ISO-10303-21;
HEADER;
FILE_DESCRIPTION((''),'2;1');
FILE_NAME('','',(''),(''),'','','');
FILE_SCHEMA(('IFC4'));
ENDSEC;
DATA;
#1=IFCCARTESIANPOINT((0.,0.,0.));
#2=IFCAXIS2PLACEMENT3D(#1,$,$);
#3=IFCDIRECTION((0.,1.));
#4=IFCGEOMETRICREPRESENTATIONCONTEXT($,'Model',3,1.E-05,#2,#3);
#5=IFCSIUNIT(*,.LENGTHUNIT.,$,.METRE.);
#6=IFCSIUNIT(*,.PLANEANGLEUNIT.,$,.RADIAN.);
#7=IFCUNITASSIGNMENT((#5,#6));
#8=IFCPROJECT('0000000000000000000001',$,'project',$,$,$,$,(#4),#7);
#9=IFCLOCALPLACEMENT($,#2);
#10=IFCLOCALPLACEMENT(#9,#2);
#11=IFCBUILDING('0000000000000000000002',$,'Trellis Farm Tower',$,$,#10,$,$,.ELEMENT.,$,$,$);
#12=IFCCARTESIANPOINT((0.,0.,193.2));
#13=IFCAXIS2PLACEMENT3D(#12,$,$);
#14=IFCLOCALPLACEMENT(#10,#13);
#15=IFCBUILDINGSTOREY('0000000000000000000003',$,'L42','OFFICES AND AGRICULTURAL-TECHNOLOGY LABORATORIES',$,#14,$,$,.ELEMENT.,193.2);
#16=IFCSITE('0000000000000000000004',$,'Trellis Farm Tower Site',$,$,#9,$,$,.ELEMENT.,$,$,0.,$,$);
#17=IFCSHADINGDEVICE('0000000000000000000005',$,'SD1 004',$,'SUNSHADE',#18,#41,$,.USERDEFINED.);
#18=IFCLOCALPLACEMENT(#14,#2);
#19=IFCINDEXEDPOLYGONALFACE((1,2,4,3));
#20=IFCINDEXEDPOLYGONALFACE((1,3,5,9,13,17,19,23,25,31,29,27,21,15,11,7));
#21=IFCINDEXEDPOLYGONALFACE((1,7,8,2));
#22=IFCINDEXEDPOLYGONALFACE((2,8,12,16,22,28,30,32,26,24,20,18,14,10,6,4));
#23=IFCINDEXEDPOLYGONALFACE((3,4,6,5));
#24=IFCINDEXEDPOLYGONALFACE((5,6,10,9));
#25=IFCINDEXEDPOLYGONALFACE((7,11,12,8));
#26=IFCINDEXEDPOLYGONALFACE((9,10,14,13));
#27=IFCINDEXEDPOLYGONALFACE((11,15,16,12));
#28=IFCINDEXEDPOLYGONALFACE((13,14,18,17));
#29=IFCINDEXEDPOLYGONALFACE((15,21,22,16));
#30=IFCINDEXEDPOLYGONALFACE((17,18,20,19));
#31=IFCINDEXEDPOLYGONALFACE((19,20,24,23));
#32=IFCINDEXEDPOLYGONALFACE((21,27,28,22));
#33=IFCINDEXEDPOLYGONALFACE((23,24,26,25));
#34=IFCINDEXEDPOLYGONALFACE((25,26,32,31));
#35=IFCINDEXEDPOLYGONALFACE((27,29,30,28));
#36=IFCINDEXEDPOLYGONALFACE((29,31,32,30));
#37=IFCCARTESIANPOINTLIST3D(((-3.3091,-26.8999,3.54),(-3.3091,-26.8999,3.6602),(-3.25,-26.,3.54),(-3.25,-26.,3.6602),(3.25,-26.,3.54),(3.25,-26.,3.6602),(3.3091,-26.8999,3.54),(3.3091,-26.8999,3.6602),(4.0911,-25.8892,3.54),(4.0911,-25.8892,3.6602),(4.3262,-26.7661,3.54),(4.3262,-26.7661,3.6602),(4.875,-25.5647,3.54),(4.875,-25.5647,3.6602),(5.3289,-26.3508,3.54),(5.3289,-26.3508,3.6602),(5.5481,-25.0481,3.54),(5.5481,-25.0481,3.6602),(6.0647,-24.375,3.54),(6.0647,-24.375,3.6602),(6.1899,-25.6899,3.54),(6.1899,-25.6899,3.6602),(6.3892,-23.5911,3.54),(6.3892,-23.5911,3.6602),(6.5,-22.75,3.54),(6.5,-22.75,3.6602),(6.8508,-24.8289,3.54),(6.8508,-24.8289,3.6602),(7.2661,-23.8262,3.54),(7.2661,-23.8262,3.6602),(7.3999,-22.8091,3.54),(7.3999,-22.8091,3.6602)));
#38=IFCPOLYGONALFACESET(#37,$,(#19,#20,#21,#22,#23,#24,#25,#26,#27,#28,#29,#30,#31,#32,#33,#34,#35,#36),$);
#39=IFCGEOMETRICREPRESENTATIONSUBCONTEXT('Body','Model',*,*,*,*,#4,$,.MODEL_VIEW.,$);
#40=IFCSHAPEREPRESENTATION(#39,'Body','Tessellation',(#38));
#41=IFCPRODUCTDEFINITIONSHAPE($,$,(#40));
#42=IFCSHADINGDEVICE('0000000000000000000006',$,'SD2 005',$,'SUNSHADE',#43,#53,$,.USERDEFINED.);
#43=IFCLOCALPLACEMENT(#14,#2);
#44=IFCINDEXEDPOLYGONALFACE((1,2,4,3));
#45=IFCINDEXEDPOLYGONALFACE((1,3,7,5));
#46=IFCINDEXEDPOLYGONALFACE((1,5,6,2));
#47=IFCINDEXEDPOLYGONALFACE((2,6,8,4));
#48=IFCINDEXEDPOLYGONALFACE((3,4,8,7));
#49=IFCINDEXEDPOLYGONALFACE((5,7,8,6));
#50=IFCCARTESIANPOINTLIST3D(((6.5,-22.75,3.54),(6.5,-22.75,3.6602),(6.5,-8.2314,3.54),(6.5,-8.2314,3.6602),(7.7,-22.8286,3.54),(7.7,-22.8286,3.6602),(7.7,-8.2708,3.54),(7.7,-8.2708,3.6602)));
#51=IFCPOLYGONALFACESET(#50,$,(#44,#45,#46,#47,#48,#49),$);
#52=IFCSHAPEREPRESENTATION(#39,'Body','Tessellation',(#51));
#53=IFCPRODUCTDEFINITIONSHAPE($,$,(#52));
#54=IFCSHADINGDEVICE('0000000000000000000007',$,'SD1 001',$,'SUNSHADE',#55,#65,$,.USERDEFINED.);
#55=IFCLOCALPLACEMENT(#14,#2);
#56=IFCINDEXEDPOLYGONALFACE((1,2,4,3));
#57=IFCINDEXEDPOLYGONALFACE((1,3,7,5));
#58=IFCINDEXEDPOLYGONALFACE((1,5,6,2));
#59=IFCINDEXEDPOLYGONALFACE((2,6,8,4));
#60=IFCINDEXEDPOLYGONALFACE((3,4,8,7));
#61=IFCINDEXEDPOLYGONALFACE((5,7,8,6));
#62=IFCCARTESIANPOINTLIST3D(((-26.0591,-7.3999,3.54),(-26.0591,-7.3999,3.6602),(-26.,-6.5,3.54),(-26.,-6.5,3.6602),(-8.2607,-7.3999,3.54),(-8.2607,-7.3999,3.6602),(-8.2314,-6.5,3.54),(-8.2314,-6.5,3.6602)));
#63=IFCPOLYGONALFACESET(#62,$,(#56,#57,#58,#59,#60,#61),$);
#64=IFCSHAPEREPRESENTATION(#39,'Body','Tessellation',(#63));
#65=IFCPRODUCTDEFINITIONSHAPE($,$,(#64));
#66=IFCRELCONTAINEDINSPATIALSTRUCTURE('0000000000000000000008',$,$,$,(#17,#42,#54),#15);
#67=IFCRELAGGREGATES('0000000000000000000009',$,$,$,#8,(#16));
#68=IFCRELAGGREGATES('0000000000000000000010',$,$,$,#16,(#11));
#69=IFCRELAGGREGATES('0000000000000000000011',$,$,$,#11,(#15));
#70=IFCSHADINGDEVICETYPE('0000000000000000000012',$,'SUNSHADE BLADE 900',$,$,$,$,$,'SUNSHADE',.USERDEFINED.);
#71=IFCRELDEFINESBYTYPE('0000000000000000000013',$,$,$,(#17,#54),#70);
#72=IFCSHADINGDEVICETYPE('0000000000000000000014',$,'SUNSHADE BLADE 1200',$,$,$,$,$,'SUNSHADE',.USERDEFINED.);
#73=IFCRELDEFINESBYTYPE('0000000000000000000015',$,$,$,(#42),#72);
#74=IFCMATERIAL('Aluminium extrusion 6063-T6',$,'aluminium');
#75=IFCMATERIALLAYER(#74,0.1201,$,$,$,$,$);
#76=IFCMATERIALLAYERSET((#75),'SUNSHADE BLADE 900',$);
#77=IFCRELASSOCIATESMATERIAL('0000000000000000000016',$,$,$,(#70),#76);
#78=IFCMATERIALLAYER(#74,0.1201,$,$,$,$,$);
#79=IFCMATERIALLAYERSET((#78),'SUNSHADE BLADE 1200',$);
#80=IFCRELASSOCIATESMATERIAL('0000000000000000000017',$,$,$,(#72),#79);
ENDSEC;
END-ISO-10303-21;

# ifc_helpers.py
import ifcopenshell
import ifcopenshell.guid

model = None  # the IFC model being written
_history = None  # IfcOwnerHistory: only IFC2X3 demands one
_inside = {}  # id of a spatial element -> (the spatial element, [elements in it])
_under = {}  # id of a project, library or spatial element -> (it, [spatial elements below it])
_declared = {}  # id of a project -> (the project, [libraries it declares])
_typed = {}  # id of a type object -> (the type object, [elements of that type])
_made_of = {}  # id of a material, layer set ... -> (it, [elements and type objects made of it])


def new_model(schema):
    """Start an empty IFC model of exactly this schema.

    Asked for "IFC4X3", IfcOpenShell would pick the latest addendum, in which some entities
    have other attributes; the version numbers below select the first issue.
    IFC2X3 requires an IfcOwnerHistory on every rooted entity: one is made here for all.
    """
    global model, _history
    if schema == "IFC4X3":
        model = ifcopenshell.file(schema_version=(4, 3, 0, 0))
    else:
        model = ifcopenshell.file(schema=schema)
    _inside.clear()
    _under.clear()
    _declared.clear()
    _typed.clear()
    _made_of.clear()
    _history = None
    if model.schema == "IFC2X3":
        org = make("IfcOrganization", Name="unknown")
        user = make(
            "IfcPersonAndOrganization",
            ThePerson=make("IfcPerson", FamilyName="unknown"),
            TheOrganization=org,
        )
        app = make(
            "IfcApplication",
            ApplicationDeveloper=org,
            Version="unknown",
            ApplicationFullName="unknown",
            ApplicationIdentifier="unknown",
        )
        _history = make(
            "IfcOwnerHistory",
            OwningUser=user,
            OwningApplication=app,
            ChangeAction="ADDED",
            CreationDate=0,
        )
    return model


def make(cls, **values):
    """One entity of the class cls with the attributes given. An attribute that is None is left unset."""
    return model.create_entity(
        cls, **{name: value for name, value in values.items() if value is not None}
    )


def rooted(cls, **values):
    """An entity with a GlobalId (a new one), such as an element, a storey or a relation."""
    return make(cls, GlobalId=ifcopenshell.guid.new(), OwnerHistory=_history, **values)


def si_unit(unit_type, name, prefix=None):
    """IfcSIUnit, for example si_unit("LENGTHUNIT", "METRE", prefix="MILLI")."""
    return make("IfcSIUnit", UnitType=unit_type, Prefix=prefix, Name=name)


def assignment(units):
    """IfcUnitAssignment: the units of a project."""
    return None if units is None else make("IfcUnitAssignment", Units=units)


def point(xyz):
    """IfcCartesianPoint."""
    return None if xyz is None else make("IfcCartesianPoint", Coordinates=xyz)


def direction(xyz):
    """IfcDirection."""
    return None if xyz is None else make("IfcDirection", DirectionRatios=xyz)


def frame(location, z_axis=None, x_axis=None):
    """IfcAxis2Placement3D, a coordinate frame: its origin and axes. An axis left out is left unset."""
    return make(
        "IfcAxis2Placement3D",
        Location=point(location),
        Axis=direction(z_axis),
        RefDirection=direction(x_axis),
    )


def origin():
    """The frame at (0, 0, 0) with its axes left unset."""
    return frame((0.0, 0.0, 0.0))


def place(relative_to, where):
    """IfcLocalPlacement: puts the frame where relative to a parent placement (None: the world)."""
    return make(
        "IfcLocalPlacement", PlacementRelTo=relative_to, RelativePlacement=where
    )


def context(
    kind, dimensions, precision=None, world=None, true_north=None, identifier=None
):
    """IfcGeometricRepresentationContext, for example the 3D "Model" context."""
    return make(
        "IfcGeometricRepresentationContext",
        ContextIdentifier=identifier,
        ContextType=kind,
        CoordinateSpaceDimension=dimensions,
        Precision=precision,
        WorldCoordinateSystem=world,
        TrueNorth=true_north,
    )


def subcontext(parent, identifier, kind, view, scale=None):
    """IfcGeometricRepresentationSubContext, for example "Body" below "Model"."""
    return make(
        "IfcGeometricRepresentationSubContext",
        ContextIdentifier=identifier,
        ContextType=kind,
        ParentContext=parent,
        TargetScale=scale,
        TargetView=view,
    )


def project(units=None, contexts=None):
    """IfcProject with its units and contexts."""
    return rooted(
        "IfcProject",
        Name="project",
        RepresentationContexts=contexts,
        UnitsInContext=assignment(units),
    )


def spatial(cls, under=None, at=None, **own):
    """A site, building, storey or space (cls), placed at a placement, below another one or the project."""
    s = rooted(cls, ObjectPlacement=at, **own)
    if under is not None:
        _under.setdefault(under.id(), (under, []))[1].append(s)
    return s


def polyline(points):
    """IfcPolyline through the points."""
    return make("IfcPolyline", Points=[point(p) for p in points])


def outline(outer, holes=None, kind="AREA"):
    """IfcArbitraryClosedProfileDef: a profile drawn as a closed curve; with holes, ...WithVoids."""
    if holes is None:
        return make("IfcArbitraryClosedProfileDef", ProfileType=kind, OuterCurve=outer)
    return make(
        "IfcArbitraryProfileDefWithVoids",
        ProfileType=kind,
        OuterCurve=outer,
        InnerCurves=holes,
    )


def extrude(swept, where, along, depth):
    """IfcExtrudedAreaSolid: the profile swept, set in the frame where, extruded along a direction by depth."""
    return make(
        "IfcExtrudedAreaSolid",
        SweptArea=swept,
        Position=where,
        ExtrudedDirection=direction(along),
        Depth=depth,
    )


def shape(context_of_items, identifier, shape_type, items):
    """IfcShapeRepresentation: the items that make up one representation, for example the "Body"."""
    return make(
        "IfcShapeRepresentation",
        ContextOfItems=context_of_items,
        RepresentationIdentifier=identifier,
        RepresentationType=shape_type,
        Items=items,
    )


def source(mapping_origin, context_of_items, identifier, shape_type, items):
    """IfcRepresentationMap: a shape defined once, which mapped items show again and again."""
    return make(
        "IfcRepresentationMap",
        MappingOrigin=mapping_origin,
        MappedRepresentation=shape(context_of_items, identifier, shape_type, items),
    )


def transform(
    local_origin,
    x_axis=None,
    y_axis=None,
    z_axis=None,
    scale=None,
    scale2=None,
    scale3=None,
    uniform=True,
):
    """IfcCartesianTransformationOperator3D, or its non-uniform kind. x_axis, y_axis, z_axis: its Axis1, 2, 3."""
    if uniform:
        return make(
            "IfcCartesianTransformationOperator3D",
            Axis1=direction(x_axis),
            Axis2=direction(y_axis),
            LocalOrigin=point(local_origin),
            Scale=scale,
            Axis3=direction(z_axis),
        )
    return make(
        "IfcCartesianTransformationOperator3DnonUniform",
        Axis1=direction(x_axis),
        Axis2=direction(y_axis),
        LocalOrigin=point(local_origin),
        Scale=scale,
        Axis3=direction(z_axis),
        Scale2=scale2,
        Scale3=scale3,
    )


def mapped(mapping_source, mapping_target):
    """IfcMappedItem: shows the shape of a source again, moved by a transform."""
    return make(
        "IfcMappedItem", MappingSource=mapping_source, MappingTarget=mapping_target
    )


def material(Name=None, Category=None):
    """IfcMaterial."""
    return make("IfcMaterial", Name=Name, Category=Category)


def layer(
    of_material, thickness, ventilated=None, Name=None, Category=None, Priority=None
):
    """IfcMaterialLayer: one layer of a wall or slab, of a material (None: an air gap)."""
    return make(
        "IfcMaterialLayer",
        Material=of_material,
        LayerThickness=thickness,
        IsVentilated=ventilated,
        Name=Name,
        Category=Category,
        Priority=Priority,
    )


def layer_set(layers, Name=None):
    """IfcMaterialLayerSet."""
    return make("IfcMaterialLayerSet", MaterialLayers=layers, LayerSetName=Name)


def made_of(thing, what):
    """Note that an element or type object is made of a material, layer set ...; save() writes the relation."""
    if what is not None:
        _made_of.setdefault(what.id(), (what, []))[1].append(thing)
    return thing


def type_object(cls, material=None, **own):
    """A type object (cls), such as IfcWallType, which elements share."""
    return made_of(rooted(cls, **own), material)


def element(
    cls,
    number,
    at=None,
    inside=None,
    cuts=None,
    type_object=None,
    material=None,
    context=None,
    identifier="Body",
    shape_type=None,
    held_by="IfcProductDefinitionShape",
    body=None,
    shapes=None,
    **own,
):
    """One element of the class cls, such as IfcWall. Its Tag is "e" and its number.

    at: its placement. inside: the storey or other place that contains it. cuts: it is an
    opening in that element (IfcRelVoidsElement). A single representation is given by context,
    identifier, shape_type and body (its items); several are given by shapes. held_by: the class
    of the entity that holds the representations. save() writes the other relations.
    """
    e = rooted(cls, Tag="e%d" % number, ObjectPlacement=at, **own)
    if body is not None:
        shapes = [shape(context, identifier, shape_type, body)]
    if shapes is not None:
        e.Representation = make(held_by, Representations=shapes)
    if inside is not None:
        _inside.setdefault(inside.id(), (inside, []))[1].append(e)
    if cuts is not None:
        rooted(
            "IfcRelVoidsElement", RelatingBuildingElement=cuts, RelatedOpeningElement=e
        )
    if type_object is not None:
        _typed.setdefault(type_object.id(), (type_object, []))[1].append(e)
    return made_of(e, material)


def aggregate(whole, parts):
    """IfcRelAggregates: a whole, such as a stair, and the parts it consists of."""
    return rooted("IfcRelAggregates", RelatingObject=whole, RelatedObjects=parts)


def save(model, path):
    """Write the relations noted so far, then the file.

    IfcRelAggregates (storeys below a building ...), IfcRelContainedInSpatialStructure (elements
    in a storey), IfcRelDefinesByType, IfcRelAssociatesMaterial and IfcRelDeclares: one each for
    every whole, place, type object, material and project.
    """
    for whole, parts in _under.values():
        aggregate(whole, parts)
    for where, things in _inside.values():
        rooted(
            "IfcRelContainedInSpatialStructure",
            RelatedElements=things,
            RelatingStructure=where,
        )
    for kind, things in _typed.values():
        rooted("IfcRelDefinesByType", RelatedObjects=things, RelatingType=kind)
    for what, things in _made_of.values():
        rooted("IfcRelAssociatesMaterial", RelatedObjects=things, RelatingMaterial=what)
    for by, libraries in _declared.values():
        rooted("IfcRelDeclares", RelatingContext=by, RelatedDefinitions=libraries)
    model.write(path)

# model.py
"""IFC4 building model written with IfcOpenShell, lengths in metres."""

from ifc_helpers import new_model, si_unit, direction, frame, origin, place, context, subcontext, project, spatial, polyline, outline, extrude, source, transform, mapped, material, layer, layer_set, type_object, element, save


model = new_model("IFC4")

# Units and contexts
model_context = context("Model", 3, precision=1e-05, world=origin(), true_north=direction((0.0, 1.0)))
body_context = subcontext(model_context, "Body", "Model", "MODEL_VIEW")
ifc_project = project(units=[si_unit("LENGTHUNIT", "METRE"), si_unit("PLANEANGLEUNIT", "RADIAN")], contexts=[model_context])

# Site, building, storey
site_placement = place(None, origin())
site = spatial("IfcSite", under=ifc_project, at=site_placement, Name="Trellis Farm Tower Site", CompositionType="ELEMENT", RefElevation=0.0)
building_placement = place(site_placement, origin())
building = spatial("IfcBuilding", under=site, at=building_placement, Name="Trellis Farm Tower", CompositionType="ELEMENT")
storey_placement = place(building_placement, frame((0.0, 0.0, 193.2)))
storey = spatial("IfcBuildingStorey", under=building, at=storey_placement, Name="L42", Description="OFFICES AND AGRICULTURAL-TECHNOLOGY LABORATORIES", CompositionType="ELEMENT", Elevation=193.2)

# Shared definitions
ifc_material_1 = material(Name="Aluminium extrusion 6063-T6", Category="aluminium")

# Shading devices
ifc_layer_1 = layer(ifc_material_1, 0.1201)
ifc_layer_set_1 = layer_set([ifc_layer_1], Name="SUNSHADE BLADE 900")
shading_device_type_1 = type_object("IfcShadingDeviceType", Name="SUNSHADE BLADE 900", ElementType="SUNSHADE", PredefinedType="USERDEFINED", material=ifc_layer_set_1)
placement_1 = place(storey_placement, frame((0.0, 0.0, 3.54)))
ifc_layer_2 = layer(ifc_material_1, 0.1201)
ifc_layer_set_2 = layer_set([ifc_layer_2], Name="SUNSHADE BLADE 1200")
shading_device_type_2 = type_object("IfcShadingDeviceType", Name="SUNSHADE BLADE 1200", ElementType="SUNSHADE", PredefinedType="USERDEFINED", material=ifc_layer_set_2)
shared_shape_1 = source(origin(), body_context, "Body", "SweptSolid", [
    extrude(outline(polyline([(-3.3091, -26.8999), (3.3091, -26.8999), (4.3262, -26.7661), (5.3289, -26.3508), (6.1899, -25.6899), (6.8508, -24.8289), (7.2661, -23.8262), (7.3999, -22.8091), (6.5, -22.75), (6.3892, -23.5911), (6.0647, -24.375), (5.5481, -25.0481), (4.875, -25.5647), (4.0911, -25.8892), (3.25, -26.0), (-3.25, -26.0), (-3.3091, -26.8999)])), origin(), (0.0, 0.0, 1.0), 0.1201),
])
element("IfcShadingDevice", 1, at=placement_1, inside=storey, type_object=shading_device_type_1, Name="SD1 004", ObjectType="SUNSHADE", PredefinedType="USERDEFINED", context=body_context, shape_type="MappedRepresentation", body=[
    mapped(shared_shape_1, transform((0.0, 0.0, 0.0))),
])
shared_shape_2 = source(origin(), body_context, "Body", "SweptSolid", [
    extrude(outline(polyline([(7.7, -22.8286), (7.7, -8.2708), (6.5, -8.2314), (6.5, -22.75), (7.7, -22.8286)])), origin(), (0.0, 0.0, 1.0), 0.1201),
])
element("IfcShadingDevice", 2, at=placement_1, inside=storey, type_object=shading_device_type_2, Name="SD2 005", ObjectType="SUNSHADE", PredefinedType="USERDEFINED", context=body_context, shape_type="MappedRepresentation", body=[
    mapped(shared_shape_2, transform((0.0, 0.0, 0.0))),
])
shared_shape_3 = source(origin(), body_context, "Body", "SweptSolid", [
    extrude(outline(polyline([(-26.0591, -7.3999), (-8.2607, -7.3999), (-8.2314, -6.5), (-26.0, -6.5), (-26.0591, -7.3999)])), origin(), (0.0, 0.0, 1.0), 0.1201),
])
element("IfcShadingDevice", 3, at=placement_1, inside=storey, type_object=shading_device_type_1, Name="SD1 001", ObjectType="SUNSHADE", PredefinedType="USERDEFINED", context=body_context, shape_type="MappedRepresentation", body=[
    mapped(shared_shape_3, transform((0.0, 0.0, 0.0))),
])

save(model, "model.ifc")
